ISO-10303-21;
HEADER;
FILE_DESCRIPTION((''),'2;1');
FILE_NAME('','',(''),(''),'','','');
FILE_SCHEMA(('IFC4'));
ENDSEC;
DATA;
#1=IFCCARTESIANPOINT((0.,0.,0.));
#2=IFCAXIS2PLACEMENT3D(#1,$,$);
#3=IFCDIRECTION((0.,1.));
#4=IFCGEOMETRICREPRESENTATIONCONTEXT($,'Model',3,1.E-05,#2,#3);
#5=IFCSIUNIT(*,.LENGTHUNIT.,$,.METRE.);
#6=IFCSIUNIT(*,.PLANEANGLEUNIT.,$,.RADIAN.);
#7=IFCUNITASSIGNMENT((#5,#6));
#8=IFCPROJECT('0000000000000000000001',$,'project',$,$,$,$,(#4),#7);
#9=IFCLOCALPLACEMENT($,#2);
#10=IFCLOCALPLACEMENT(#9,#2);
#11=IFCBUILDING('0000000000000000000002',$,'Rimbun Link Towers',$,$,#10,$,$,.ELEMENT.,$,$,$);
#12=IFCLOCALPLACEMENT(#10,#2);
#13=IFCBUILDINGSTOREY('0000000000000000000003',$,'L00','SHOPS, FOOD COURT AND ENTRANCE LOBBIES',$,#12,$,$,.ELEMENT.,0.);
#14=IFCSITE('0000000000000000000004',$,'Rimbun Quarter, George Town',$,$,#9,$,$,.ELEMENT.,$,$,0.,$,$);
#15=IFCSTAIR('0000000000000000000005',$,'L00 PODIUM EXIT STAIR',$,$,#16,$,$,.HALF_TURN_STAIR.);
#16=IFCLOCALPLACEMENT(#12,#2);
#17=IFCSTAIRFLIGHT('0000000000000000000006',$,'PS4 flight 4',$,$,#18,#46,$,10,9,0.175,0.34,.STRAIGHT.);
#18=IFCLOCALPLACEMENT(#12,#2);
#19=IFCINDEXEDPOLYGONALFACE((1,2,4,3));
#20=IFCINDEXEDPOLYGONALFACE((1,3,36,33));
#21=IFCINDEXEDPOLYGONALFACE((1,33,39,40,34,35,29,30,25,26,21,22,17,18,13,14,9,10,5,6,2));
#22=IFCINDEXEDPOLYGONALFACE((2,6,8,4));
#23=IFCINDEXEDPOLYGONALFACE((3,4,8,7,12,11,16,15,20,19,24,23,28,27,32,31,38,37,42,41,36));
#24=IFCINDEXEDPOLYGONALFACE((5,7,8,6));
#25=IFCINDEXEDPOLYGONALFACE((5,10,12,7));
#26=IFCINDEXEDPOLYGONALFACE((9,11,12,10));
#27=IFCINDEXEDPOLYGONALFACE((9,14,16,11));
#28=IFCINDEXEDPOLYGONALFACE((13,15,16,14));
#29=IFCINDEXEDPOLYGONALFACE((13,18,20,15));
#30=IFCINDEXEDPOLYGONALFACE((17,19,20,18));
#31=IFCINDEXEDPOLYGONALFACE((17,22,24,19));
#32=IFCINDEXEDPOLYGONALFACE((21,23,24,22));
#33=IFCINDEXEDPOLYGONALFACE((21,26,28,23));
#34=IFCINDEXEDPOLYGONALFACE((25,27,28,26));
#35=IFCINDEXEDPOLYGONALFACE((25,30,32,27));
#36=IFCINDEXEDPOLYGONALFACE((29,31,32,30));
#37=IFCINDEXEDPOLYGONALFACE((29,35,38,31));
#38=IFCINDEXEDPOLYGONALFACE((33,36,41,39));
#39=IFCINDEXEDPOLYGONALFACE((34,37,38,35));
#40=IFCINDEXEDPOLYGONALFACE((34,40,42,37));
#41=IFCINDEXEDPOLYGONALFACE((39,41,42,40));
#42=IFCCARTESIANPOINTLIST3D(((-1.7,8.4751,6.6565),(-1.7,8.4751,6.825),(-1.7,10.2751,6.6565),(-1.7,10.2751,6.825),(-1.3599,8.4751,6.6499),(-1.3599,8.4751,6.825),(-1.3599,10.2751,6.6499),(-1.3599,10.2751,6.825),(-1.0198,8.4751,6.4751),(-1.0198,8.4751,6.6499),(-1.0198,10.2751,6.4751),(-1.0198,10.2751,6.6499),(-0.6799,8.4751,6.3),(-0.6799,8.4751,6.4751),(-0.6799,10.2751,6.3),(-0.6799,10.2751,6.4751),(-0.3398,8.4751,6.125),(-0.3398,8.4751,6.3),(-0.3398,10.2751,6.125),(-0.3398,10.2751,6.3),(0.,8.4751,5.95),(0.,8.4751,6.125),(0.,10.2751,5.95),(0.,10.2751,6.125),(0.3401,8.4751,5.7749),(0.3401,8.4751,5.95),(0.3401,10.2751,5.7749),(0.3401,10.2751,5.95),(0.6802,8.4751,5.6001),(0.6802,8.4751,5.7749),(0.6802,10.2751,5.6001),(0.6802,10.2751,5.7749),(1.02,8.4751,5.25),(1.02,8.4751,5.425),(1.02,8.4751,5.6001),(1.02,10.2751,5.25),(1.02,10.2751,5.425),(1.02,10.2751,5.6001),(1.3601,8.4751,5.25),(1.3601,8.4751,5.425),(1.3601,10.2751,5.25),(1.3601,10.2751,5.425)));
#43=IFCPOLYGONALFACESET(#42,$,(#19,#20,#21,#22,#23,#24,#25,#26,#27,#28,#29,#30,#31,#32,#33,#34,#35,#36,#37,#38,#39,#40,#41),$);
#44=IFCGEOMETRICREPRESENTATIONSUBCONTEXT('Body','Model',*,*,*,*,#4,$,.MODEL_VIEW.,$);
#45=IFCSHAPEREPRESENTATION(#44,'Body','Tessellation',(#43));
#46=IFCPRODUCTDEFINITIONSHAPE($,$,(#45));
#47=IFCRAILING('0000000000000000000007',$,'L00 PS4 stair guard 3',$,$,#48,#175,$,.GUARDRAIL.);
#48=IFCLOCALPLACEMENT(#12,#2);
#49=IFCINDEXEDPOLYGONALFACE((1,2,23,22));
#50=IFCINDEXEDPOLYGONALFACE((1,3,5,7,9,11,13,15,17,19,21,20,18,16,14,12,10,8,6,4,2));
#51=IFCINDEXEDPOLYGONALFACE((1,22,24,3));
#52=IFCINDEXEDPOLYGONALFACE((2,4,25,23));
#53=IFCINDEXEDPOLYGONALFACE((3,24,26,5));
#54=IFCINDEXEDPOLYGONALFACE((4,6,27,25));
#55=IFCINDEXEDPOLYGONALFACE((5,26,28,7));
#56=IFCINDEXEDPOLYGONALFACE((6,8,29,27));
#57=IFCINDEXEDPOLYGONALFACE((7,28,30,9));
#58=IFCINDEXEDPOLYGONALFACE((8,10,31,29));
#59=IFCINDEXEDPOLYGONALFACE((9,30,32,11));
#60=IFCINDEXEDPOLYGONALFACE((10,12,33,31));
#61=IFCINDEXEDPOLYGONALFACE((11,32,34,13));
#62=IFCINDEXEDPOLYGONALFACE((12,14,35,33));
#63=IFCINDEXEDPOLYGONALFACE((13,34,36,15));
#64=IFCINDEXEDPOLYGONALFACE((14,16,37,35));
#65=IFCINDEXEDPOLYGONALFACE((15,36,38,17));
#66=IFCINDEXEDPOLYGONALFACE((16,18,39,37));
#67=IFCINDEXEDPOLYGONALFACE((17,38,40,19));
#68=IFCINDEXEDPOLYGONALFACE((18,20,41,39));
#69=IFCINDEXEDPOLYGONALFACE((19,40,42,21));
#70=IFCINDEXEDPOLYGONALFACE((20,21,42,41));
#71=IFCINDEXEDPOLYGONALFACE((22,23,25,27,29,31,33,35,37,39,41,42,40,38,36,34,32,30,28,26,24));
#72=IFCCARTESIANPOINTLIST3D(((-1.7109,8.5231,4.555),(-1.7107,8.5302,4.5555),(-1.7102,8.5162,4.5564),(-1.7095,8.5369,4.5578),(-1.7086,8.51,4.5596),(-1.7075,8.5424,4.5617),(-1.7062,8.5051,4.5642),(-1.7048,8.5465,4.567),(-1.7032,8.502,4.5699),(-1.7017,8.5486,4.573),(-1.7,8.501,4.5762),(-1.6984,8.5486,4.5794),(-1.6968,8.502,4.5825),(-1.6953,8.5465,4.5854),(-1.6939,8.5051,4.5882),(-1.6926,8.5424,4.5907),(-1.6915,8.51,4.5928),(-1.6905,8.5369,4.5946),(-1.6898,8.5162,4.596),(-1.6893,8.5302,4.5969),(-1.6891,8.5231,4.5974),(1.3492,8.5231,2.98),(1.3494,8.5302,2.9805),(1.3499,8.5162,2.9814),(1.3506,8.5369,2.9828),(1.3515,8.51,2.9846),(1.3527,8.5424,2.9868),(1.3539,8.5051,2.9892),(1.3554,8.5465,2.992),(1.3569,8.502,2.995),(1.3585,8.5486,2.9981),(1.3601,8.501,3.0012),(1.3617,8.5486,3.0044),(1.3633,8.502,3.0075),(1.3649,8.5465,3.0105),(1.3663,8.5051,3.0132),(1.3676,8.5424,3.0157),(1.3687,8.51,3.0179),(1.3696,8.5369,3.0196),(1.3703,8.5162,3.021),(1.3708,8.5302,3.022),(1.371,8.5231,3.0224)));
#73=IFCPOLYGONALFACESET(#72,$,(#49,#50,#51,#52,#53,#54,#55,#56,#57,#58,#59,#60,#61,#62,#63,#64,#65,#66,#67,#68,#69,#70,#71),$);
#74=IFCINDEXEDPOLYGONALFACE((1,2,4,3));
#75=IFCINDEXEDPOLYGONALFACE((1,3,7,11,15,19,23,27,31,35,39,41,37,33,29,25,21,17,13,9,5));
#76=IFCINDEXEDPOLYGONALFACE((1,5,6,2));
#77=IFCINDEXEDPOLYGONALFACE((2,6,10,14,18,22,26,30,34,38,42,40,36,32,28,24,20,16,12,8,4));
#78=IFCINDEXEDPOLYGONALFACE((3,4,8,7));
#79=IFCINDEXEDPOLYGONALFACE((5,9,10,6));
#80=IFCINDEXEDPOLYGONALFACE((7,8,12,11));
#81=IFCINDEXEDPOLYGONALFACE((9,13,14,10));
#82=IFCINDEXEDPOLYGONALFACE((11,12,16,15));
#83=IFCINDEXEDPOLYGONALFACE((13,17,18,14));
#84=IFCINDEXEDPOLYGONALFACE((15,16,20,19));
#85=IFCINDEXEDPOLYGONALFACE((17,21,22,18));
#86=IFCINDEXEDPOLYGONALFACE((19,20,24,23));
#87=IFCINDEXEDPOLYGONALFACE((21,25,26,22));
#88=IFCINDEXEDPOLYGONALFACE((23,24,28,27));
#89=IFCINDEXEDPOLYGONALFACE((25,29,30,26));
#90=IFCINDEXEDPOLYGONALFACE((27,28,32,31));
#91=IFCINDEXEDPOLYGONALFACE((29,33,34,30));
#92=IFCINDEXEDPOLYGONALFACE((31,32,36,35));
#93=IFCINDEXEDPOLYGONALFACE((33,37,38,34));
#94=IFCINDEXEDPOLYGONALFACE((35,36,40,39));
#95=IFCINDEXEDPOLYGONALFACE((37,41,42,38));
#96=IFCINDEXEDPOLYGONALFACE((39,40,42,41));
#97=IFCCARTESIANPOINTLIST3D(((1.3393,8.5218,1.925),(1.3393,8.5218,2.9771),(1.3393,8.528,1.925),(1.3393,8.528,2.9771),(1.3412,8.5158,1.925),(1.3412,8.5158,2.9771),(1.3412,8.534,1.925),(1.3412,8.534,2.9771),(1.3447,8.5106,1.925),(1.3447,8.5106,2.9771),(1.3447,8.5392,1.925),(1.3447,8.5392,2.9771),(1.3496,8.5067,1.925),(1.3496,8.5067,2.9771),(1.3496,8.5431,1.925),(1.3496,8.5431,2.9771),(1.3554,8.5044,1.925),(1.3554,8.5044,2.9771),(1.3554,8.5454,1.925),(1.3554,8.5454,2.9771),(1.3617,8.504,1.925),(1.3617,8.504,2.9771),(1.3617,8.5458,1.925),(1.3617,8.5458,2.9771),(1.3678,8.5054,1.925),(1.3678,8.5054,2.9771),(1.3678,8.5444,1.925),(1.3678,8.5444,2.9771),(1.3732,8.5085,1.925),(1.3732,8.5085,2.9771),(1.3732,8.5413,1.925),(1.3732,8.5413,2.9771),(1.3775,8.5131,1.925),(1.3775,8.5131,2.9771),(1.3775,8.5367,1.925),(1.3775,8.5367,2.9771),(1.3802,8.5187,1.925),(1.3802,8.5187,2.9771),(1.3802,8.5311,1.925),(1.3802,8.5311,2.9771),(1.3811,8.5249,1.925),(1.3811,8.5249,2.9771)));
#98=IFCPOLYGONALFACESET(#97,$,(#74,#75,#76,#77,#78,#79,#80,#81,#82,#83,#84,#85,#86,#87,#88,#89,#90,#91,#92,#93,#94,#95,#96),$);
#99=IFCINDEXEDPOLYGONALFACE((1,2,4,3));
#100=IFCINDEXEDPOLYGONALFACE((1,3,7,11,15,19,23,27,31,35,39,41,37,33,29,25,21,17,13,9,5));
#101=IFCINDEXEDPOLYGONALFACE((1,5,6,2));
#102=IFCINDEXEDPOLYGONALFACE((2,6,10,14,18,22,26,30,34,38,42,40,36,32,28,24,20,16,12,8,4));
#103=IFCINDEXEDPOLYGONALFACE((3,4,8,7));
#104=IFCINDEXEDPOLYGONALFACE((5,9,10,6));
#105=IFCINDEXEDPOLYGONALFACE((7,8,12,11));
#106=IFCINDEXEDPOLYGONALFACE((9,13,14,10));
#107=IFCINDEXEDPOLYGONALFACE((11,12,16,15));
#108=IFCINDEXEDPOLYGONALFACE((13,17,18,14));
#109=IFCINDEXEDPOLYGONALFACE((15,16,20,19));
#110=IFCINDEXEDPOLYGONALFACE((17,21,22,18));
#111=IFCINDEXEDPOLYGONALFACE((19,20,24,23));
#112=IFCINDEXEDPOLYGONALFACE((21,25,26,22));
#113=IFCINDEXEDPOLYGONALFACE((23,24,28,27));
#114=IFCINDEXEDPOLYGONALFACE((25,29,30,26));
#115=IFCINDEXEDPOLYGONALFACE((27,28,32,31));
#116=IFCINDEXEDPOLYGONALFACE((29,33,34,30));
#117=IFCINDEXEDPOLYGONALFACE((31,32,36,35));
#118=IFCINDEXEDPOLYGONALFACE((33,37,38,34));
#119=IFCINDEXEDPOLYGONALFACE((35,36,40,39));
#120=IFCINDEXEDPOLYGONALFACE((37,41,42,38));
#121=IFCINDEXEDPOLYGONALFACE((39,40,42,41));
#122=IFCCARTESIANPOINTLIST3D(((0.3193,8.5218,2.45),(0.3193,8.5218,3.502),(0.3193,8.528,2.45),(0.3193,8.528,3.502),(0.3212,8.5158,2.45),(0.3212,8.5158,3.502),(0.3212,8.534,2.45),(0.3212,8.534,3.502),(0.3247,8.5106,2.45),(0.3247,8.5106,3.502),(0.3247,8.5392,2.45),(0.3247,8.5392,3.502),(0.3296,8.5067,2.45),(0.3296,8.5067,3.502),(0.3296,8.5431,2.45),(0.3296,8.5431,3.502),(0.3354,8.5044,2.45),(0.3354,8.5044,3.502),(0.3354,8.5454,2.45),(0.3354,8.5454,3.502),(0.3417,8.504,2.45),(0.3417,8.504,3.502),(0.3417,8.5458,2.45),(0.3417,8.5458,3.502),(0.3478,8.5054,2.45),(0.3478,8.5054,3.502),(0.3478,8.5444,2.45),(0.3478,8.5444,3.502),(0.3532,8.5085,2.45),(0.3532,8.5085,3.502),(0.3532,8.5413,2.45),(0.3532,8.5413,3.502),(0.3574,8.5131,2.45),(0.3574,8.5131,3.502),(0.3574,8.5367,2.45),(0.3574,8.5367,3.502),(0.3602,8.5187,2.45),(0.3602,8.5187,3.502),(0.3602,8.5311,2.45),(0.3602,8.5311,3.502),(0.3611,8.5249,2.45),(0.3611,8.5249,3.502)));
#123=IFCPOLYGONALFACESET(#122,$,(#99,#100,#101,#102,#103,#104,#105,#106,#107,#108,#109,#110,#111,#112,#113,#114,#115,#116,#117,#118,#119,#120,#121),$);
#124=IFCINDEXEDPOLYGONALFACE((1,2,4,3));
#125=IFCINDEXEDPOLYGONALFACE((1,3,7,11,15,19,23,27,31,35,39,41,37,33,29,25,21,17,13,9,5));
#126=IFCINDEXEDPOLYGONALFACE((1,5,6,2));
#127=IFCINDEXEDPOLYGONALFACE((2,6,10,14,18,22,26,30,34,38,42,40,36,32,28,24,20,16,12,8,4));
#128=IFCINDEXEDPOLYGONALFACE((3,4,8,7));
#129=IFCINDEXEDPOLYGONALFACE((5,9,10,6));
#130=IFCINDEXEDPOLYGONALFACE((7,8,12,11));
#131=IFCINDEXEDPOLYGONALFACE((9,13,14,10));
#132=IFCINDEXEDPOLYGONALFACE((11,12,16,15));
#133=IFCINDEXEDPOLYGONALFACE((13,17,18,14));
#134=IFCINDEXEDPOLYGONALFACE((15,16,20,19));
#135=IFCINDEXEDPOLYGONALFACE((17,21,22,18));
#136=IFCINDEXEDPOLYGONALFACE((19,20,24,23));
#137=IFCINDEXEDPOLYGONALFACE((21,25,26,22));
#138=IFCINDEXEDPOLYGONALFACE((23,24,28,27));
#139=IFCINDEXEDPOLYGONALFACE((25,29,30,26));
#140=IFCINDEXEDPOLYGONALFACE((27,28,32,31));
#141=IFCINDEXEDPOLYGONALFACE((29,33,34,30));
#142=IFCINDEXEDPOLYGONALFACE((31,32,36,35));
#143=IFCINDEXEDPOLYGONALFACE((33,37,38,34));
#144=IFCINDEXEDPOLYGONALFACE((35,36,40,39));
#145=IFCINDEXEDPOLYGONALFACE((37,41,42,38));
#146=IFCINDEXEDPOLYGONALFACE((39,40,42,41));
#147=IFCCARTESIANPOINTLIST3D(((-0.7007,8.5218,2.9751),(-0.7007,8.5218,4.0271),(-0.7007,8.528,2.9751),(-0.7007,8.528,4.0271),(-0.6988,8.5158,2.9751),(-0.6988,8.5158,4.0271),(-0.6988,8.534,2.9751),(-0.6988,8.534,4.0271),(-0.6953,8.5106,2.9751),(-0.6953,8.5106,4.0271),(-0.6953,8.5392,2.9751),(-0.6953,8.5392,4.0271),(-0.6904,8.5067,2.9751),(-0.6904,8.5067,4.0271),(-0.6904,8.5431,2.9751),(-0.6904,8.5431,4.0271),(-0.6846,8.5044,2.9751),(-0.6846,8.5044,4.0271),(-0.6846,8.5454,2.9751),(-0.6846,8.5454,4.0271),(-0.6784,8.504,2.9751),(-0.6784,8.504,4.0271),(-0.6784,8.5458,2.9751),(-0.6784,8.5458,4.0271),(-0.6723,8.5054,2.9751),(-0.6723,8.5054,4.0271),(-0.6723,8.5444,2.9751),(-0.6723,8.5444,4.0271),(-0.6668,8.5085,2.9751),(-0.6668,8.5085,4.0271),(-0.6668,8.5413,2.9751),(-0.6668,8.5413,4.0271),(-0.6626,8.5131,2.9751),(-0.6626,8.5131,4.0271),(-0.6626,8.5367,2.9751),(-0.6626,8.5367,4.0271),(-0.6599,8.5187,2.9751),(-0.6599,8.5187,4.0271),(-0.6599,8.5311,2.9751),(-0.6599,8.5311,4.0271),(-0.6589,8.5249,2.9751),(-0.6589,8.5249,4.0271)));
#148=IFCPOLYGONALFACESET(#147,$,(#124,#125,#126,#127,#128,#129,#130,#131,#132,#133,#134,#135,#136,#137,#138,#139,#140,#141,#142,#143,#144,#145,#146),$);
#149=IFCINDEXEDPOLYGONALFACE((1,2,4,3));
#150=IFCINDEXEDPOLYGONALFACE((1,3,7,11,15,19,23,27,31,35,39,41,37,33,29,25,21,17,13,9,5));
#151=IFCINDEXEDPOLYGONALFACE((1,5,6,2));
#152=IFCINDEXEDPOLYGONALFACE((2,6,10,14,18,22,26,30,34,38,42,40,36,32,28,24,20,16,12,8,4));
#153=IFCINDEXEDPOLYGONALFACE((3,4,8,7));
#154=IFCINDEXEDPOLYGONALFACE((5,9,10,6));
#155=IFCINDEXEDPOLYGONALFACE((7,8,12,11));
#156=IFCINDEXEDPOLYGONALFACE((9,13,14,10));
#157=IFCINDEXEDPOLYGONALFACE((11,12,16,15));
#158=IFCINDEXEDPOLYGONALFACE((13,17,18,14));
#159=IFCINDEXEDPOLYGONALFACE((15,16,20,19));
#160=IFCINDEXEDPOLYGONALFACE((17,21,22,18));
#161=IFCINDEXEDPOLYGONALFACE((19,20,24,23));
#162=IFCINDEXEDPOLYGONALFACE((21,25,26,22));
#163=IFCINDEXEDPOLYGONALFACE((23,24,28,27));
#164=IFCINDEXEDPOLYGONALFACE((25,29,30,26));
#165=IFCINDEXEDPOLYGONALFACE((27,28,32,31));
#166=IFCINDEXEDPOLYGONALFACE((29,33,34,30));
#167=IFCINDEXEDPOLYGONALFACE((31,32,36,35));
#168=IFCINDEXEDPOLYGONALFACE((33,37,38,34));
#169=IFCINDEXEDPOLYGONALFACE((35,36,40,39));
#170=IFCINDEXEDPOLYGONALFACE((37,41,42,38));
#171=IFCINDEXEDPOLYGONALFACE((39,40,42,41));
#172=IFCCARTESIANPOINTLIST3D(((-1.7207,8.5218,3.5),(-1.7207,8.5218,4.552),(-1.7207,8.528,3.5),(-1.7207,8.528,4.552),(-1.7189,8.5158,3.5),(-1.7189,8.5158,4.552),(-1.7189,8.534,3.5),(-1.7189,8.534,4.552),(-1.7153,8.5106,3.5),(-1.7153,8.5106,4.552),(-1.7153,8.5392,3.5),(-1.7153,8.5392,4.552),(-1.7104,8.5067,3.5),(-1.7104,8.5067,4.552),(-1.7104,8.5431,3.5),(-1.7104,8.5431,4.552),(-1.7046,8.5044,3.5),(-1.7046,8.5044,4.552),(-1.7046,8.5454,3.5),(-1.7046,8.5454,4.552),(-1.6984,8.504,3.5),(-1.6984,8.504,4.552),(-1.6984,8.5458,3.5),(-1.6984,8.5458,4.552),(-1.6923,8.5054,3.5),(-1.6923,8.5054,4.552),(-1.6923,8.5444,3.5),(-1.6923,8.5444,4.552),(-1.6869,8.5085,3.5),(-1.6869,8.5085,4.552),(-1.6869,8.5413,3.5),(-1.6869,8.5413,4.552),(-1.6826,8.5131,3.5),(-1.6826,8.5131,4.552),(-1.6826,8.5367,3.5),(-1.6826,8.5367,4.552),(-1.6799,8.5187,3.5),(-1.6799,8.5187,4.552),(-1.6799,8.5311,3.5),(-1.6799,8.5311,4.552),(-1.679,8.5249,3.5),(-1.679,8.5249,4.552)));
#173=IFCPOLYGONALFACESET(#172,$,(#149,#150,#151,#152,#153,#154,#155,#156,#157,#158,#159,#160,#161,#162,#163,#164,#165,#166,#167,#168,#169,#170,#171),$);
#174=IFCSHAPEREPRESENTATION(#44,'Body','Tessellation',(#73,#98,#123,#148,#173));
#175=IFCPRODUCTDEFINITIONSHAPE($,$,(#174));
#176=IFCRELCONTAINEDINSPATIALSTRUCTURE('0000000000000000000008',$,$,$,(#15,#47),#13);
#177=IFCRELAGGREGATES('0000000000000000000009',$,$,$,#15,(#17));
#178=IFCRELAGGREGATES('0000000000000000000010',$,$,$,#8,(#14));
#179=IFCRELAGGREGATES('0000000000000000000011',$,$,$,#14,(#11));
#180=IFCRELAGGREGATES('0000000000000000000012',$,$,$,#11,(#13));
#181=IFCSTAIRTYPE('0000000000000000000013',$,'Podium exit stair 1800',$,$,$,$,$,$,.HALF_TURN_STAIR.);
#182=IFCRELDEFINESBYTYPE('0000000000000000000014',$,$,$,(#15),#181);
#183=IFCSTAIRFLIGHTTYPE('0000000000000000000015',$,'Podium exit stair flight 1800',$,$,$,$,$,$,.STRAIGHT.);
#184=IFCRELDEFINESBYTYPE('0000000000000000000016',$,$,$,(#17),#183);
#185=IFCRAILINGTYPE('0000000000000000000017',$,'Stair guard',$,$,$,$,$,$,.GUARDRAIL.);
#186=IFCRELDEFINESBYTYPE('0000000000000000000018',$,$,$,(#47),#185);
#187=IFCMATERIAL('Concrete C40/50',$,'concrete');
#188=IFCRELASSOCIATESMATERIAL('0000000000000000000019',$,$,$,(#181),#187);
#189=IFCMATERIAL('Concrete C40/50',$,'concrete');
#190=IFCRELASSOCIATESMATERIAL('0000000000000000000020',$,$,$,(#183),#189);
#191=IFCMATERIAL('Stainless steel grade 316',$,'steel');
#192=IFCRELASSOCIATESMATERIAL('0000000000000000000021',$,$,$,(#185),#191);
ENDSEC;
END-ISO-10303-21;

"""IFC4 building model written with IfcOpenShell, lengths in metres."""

from ifc_helpers import new_model, si_unit, direction, frame, origin, origin_2d, place, context, subcontext, project, spatial, polyline, circle, outline, extrude, material, type_object, element, aggregate, save


model = new_model("IFC4")

# Units and contexts
model_context = context("Model", 3, precision=1e-05, world=origin(), true_north=direction((0.0, 1.0)))
body_context = subcontext(model_context, "Body", "Model", "MODEL_VIEW")
ifc_project = project(units=[si_unit("LENGTHUNIT", "METRE"), si_unit("PLANEANGLEUNIT", "RADIAN")], contexts=[model_context])

# Site, building, storey
site_placement = place(None, origin())
site = spatial("IfcSite", under=ifc_project, at=site_placement, Name="Rimbun Quarter, George Town", CompositionType="ELEMENT", RefElevation=0.0)
building_placement = place(site_placement, origin())
building = spatial("IfcBuilding", under=site, at=building_placement, Name="Rimbun Link Towers", CompositionType="ELEMENT")
storey_placement = place(building_placement, origin())
storey = spatial("IfcBuildingStorey", under=building, at=storey_placement, Name="L00", Description="SHOPS, FOOD COURT AND ENTRANCE LOBBIES", CompositionType="ELEMENT", Elevation=0.0)

# Stair, stair flight
ifc_material_1 = material(Name="Concrete C40/50", Category="concrete")
stair_type = type_object("IfcStairType", Name="Podium exit stair 1800", PredefinedType="HALF_TURN_STAIR", material=ifc_material_1)
stair_placement = place(storey_placement, origin())
stair = element("IfcStair", 1, at=stair_placement, inside=storey, type_object=stair_type, Name="L00 PODIUM EXIT STAIR", PredefinedType="HALF_TURN_STAIR")
ifc_material_2 = material(Name="Concrete C40/50", Category="concrete")
stair_flight_type = type_object("IfcStairFlightType", Name="Podium exit stair flight 1800", PredefinedType="STRAIGHT", material=ifc_material_2)
stair_flight_1_placement = place(storey_placement, frame((1.3601, 9.375, 5.25), z_axis=(0.0, 0.0, 1.0), x_axis=(-1.0, 0.0, 0.0)))
stair_flight_1 = element("IfcStairFlight", 2, at=stair_flight_1_placement, type_object=stair_flight_type, Name="PS4 flight 4", NumberOfRisers=10, NumberOfTreads=9, PredefinedType="STRAIGHT", RiserHeight=0.175, TreadLength=0.34, context=body_context, shape_type="SweptSolid", body=[
    extrude(outline(polyline([(0.0, 0.0), (0.0, 0.175), (0.3401, 0.175), (0.3401, 0.3501), (0.6799, 0.3501), (0.6799, 0.5249), (1.02, 0.5249), (1.02, 0.7), (1.3601, 0.7), (1.3601, 0.875), (1.7, 0.875), (1.7, 1.05), (2.04, 1.05), (2.04, 1.2251), (2.3799, 1.2251), (2.3799, 1.3999), (2.72, 1.3999), (2.72, 1.575), (3.0601, 1.575), (3.0601, 1.75), (3.0601, 1.4065), (0.3401, 0.0), (0.0, 0.0)])), frame((0.0, 0.8999, 0.0), z_axis=(0.0, -1.0, 0.0), x_axis=(1.0, 0.0, 0.0)), (0.0, 0.0, 1.0), 1.8),
])
aggregate(stair, [stair_flight_1])

# Railing
ifc_material_3 = material(Name="Stainless steel grade 316", Category="steel")
railing_type_1 = type_object("IfcRailingType", Name="Stair guard", PredefinedType="GUARDRAIL", material=ifc_material_3)
railing_1_placement = place(storey_placement, frame((1.3601, 8.5249, 1.925)))
element("IfcRailing", 3, at=railing_1_placement, inside=storey, type_object=railing_type_1, Name="L00 PS4 stair guard 3", PredefinedType="GUARDRAIL", context=body_context, shape_type="SweptSolid", body=[
    extrude(circle(Radius=0.0239, at=origin_2d()), frame((0.0, 0.0, 1.0762), z_axis=(-0.889145, 0.0, 0.457625), x_axis=(0.0, -1.0, 0.0)), (0.0, 0.0, 1.0), 3.4417),
    extrude(circle(Radius=0.021, at=origin_2d()), origin(), (0.0, 0.0, 1.0), 1.052),
    extrude(circle(Radius=0.021, at=origin_2d()), frame((-1.02, 0.0, 0.5249)), (0.0, 0.0, 1.0), 1.052),
    extrude(circle(Radius=0.021, at=origin_2d()), frame((-2.04, 0.0, 1.05)), (0.0, 0.0, 1.0), 1.052),
    extrude(circle(Radius=0.021, at=origin_2d()), frame((-3.0601, 0.0, 1.575)), (0.0, 0.0, 1.0), 1.052),
])

save(model, "model.ifc")
